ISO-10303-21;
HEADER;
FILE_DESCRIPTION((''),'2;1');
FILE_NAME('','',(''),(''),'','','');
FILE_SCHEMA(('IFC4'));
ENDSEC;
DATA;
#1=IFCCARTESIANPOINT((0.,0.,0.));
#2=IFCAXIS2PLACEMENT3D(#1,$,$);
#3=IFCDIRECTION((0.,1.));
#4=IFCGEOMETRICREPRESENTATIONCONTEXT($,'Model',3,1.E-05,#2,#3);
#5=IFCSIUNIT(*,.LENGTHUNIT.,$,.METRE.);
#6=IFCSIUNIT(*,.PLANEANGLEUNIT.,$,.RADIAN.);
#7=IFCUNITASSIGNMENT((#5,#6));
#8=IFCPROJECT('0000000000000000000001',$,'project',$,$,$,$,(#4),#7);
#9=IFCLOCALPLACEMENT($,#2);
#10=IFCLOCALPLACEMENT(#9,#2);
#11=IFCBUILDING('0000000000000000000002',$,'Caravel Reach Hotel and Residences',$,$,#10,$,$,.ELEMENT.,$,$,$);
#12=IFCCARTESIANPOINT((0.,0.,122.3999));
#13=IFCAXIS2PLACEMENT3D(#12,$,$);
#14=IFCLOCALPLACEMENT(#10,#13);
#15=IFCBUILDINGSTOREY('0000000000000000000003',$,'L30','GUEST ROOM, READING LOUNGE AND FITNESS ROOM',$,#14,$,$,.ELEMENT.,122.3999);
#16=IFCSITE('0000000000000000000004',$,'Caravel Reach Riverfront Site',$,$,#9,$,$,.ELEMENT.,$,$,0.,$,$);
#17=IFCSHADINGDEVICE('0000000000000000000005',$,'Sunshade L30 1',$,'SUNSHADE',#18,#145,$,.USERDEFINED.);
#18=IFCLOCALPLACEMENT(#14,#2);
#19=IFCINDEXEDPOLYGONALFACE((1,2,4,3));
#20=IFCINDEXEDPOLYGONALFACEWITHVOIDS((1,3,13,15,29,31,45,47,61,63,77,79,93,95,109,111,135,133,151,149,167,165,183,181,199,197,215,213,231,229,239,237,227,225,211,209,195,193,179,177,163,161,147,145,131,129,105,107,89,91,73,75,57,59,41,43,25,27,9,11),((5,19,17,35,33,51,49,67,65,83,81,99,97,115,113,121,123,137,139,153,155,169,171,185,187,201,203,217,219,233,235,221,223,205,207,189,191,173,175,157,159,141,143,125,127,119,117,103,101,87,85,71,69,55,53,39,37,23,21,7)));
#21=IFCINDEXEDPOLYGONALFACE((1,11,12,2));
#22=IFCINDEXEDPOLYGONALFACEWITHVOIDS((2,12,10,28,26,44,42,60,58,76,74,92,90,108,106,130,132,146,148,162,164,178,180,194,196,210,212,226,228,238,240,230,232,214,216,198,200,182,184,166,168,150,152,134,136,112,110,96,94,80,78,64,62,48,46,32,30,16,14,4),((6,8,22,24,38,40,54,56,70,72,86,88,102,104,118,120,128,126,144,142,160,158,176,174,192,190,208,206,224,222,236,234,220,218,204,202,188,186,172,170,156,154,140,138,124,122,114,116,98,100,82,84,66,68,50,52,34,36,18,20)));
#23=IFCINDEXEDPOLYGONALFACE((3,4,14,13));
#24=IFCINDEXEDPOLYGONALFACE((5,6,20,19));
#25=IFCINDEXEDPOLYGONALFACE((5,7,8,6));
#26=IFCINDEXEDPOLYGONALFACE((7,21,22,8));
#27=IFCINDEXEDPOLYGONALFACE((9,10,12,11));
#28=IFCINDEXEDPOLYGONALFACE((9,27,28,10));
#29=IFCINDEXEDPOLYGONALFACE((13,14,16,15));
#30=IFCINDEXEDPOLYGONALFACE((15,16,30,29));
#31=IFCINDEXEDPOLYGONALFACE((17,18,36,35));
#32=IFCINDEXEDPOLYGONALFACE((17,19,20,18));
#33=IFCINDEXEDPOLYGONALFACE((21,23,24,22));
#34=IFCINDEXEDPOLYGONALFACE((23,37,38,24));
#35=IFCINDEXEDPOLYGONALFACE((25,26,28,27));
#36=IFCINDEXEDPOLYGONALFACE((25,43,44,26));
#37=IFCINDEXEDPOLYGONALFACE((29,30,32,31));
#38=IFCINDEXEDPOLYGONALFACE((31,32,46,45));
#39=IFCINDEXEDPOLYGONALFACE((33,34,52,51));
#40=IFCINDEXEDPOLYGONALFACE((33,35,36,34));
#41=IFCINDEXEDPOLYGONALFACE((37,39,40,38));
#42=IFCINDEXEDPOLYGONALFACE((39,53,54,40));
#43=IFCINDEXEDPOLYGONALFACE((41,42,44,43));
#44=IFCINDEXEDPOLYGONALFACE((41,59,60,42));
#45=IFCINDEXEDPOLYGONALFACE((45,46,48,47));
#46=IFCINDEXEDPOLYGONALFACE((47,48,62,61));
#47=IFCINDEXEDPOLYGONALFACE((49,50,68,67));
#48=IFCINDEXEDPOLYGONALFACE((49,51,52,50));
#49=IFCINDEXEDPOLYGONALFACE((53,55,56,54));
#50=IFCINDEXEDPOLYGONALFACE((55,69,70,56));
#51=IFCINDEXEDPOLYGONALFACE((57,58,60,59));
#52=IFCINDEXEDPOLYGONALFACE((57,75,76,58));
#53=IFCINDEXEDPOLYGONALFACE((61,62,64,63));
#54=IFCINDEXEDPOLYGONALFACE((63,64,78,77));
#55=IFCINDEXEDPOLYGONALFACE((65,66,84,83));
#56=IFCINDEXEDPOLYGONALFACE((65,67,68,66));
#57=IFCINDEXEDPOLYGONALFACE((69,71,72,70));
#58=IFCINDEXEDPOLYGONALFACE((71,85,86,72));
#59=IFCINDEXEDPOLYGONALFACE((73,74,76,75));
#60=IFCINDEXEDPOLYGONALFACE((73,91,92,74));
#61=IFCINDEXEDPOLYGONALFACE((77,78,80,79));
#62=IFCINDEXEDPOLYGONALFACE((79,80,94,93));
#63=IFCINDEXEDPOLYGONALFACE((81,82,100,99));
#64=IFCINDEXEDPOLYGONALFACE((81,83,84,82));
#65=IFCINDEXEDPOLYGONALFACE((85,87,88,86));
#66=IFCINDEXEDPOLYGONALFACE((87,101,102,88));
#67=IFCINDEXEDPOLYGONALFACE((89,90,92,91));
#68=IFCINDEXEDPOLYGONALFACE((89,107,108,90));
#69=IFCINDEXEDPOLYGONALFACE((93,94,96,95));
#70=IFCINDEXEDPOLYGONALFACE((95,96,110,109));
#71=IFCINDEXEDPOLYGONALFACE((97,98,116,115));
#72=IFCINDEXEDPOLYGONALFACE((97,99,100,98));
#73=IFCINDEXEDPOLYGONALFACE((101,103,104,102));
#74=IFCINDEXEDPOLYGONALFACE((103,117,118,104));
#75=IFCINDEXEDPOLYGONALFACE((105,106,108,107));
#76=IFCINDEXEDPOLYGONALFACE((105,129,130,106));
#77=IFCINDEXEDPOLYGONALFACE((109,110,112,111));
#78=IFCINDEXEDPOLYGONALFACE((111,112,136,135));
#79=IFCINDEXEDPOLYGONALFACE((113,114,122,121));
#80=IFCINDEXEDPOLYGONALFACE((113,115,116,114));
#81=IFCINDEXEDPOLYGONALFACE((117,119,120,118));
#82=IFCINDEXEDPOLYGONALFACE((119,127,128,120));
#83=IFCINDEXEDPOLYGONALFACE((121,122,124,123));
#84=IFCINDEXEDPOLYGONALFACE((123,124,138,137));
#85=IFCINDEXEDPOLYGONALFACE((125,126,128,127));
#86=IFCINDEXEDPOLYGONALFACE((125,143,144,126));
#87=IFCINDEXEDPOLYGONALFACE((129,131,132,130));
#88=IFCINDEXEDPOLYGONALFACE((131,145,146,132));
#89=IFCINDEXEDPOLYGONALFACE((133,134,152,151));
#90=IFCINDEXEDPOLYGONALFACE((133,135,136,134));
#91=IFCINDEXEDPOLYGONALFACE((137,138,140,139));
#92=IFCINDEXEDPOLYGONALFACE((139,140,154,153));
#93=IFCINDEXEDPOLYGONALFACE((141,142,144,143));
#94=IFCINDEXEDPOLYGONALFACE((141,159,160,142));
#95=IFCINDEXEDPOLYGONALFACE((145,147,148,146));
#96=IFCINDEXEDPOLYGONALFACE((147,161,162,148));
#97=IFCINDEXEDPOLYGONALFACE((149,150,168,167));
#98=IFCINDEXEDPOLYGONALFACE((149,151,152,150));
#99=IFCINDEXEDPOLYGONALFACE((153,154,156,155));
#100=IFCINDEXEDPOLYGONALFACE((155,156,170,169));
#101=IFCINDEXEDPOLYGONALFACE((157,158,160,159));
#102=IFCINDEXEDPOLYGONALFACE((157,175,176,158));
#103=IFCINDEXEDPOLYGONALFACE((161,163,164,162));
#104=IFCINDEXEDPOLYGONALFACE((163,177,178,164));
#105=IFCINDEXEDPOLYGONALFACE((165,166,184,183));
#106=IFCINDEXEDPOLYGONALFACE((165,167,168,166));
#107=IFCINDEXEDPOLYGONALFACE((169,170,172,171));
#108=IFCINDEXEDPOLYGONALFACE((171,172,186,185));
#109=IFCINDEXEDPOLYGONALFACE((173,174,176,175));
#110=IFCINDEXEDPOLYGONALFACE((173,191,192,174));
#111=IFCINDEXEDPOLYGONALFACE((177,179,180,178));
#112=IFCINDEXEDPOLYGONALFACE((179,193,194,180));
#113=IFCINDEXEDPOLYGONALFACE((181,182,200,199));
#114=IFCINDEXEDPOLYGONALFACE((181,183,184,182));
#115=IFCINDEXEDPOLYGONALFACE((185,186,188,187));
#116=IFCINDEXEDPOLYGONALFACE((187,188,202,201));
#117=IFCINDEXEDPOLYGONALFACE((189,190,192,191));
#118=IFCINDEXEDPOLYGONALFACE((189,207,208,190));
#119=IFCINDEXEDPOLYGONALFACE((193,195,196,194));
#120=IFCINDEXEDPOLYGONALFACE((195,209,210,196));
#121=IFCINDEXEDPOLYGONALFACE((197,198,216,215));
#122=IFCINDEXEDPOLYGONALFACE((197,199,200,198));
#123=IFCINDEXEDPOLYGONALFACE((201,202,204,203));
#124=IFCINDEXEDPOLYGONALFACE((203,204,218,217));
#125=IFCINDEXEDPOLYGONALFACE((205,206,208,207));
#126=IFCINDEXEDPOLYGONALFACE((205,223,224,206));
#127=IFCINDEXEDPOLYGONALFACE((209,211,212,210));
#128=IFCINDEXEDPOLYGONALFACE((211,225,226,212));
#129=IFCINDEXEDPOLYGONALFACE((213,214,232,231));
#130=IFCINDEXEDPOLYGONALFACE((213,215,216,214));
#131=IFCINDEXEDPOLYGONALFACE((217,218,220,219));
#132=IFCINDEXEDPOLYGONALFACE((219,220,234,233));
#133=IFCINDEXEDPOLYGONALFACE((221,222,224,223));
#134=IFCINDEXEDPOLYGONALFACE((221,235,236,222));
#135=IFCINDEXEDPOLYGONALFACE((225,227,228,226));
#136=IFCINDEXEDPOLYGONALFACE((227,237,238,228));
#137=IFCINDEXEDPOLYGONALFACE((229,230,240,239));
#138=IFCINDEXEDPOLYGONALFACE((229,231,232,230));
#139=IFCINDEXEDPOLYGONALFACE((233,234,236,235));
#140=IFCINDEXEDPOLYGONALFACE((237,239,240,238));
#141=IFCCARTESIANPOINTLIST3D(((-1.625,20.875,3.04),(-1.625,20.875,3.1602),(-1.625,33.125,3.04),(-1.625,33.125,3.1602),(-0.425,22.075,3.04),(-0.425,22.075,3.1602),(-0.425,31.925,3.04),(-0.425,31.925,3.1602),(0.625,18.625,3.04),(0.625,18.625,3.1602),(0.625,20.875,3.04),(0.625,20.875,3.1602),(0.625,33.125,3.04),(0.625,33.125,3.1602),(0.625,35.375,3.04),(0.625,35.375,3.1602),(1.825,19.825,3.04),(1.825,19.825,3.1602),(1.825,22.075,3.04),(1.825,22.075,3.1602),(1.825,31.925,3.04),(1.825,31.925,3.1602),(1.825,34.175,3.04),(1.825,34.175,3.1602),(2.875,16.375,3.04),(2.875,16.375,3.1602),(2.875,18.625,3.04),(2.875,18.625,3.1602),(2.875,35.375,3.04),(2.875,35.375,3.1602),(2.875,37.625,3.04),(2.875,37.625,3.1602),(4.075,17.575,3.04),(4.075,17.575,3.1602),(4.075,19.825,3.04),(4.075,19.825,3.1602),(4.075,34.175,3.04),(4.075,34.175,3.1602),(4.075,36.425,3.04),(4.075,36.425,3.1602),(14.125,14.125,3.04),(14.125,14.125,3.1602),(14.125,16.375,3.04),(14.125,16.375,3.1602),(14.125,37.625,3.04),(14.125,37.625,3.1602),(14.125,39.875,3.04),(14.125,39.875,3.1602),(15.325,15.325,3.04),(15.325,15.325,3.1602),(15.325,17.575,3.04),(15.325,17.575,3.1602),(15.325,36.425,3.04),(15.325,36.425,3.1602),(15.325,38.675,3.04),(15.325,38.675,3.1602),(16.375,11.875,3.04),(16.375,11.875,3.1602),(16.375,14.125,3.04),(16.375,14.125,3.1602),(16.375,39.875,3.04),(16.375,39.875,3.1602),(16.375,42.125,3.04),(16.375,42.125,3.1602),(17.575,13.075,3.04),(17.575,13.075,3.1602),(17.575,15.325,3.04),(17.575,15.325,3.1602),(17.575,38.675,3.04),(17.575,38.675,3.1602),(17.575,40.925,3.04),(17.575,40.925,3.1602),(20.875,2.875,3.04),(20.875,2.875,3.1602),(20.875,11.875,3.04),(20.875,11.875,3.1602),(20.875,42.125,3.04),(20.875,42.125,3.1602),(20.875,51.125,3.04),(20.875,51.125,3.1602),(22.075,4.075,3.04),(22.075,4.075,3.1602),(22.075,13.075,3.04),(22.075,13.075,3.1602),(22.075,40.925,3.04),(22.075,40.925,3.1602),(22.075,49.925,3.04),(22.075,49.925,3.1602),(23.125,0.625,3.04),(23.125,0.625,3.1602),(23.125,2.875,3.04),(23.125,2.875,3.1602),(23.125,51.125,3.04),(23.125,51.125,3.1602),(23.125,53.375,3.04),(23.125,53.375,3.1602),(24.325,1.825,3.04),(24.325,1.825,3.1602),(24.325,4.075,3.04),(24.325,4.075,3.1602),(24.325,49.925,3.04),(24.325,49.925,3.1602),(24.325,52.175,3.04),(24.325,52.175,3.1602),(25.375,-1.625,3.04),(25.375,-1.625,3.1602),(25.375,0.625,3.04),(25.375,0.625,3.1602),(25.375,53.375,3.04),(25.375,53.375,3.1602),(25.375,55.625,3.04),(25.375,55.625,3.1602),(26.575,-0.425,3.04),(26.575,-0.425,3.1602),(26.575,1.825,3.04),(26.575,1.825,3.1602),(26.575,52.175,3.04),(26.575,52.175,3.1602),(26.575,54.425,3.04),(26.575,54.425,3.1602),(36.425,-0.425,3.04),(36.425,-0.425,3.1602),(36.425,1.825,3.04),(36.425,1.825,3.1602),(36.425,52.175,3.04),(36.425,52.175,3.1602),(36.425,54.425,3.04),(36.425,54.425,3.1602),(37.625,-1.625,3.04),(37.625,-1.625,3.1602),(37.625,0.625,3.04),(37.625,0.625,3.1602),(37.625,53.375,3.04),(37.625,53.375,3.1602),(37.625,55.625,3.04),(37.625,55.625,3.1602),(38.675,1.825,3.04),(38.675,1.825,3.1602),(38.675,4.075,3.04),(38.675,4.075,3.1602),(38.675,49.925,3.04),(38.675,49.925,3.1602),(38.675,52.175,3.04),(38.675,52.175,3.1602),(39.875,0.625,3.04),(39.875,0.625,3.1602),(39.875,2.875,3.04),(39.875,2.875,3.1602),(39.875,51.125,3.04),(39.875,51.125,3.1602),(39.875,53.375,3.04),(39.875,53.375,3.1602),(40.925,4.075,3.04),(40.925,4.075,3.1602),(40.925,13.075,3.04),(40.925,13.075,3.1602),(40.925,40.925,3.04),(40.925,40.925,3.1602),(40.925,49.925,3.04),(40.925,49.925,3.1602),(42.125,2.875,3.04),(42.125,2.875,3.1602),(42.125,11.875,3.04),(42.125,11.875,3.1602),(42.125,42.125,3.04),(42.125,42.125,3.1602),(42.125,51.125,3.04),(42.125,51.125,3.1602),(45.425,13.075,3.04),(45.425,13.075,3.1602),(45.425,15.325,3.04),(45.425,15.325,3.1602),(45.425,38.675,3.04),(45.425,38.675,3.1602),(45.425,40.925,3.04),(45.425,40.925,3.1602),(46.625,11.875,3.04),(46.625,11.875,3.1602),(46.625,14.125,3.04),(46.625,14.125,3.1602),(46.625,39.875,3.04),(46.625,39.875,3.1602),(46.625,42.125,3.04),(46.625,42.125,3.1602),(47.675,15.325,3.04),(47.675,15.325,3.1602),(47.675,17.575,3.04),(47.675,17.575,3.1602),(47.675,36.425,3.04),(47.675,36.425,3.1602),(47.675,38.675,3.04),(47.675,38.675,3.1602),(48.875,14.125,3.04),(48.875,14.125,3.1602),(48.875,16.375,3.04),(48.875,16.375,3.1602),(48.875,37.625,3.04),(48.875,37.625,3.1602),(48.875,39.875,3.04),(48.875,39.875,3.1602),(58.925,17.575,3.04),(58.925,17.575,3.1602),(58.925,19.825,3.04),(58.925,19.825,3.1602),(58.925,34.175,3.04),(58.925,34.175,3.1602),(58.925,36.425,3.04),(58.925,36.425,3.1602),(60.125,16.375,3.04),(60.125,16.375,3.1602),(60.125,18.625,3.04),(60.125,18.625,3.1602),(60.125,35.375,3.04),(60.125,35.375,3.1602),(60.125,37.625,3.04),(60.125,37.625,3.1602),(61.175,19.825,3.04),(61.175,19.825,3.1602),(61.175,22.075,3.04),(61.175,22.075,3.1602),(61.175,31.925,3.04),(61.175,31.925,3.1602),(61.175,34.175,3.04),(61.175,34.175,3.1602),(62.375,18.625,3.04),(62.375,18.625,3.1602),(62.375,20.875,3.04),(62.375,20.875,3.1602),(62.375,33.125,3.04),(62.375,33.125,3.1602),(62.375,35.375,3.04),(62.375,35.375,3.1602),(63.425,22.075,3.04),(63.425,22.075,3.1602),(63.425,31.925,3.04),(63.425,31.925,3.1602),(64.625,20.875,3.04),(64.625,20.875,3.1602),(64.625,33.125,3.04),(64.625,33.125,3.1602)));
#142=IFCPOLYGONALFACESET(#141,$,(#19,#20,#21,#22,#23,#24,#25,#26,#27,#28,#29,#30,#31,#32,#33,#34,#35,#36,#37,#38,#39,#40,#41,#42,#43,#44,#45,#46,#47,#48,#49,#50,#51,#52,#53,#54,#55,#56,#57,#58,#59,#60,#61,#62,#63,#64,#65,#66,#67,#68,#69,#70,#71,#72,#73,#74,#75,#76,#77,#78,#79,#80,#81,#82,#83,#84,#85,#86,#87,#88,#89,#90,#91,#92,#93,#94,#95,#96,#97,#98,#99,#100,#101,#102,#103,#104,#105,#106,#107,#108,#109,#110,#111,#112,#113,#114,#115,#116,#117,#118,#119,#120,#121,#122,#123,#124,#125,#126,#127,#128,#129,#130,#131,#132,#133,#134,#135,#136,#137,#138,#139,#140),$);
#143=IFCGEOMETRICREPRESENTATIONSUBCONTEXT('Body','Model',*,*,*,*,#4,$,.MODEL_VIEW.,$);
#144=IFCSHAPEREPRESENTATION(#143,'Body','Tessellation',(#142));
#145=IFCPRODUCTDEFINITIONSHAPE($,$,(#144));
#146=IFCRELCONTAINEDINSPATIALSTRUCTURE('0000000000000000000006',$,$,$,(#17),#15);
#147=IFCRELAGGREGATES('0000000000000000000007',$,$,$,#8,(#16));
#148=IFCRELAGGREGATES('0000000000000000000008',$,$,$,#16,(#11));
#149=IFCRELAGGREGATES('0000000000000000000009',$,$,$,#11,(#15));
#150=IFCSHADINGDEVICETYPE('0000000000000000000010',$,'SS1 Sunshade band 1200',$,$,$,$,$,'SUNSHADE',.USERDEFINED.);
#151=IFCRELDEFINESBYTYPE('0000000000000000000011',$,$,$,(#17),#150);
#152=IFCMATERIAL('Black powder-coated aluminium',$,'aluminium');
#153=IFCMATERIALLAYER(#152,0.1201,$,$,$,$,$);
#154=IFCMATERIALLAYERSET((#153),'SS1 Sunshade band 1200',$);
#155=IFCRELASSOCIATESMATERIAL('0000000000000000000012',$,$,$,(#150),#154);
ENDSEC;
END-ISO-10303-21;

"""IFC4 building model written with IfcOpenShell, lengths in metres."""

from ifc_helpers import new_model, si_unit, direction, frame, origin, place, context, subcontext, project, spatial, polyline, outline, extrude, material, layer, layer_set, type_object, element, save


model = new_model("IFC4")

# Units and contexts
model_context = context("Model", 3, precision=1e-05, world=origin(), true_north=direction((0.0, 1.0)))
body_context = subcontext(model_context, "Body", "Model", "MODEL_VIEW")
ifc_project = project(units=[si_unit("LENGTHUNIT", "METRE"), si_unit("PLANEANGLEUNIT", "RADIAN")], contexts=[model_context])

# Site, building, storey
site_placement = place(None, origin())
site = spatial("IfcSite", under=ifc_project, at=site_placement, Name="Caravel Reach Riverfront Site", CompositionType="ELEMENT", RefElevation=0.0)
building_placement = place(site_placement, origin())
building = spatial("IfcBuilding", under=site, at=building_placement, Name="Caravel Reach Hotel and Residences", CompositionType="ELEMENT")
storey_placement = place(building_placement, frame((0.0, 0.0, 122.3999)))
storey = spatial("IfcBuildingStorey", under=building, at=storey_placement, Name="L30", Description="GUEST ROOM, READING LOUNGE AND FITNESS ROOM", CompositionType="ELEMENT", Elevation=122.3999)

# Shading device
ifc_material_1 = material(Name="Black powder-coated aluminium", Category="aluminium")
ifc_layer_1 = layer(ifc_material_1, 0.1201)
ifc_layer_set_1 = layer_set([ifc_layer_1], Name="SS1 Sunshade band 1200")
shading_device_type = type_object("IfcShadingDeviceType", Name="SS1 Sunshade band 1200", ElementType="SUNSHADE", PredefinedType="USERDEFINED", material=ifc_layer_set_1)
shading_device_placement = place(storey_placement, frame((0.0, 0.0, 3.04)))
element("IfcShadingDevice", 1, at=shading_device_placement, inside=storey, type_object=shading_device_type, Name="Sunshade L30 1", ObjectType="SUNSHADE", PredefinedType="USERDEFINED", context=body_context, shape_type="SweptSolid", body=[
    extrude(outline(polyline([(20.875, 11.875), (20.875, 2.875), (23.125, 2.875), (23.125, 0.625), (25.375, 0.625), (25.375, -1.625), (37.625, -1.625), (37.625, 0.625), (39.875, 0.625), (39.875, 2.875), (42.125, 2.875), (42.125, 11.875), (46.625, 11.875), (46.625, 14.125), (48.875, 14.125), (48.875, 16.375), (60.125, 16.375), (60.125, 18.625), (62.375, 18.625), (62.375, 20.875), (64.625, 20.875), (64.625, 33.125), (62.375, 33.125), (62.375, 35.375), (60.125, 35.375), (60.125, 37.625), (48.875, 37.625), (48.875, 39.875), (46.625, 39.875), (46.625, 42.125), (42.125, 42.125), (42.125, 51.125), (39.875, 51.125), (39.875, 53.375), (37.625, 53.375), (37.625, 55.625), (25.375, 55.625), (25.375, 53.375), (23.125, 53.375), (23.125, 51.125), (20.875, 51.125), (20.875, 42.125), (16.375, 42.125), (16.375, 39.875), (14.125, 39.875), (14.125, 37.625), (2.875, 37.625), (2.875, 35.375), (0.625, 35.375), (0.625, 33.125), (-1.625, 33.125), (-1.625, 20.875), (0.625, 20.875), (0.625, 18.625), (2.875, 18.625), (2.875, 16.375), (14.125, 16.375), (14.125, 14.125), (16.375, 14.125), (16.375, 11.875), (20.875, 11.875)]), holes=[polyline([(24.325, 4.075), (22.075, 4.075), (22.075, 13.075), (17.575, 13.075), (17.575, 15.325), (15.325, 15.325), (15.325, 17.575), (4.075, 17.575), (4.075, 19.825), (1.825, 19.825), (1.825, 22.075), (-0.425, 22.075), (-0.425, 31.925), (1.825, 31.925), (1.825, 34.175), (4.075, 34.175), (4.075, 36.425), (15.325, 36.425), (15.325, 38.675), (17.575, 38.675), (17.575, 40.925), (22.075, 40.925), (22.075, 49.925), (24.325, 49.925), (24.325, 52.175), (26.575, 52.175), (26.575, 54.425), (36.425, 54.425), (36.425, 52.175), (38.675, 52.175), (38.675, 49.925), (40.925, 49.925), (40.925, 40.925), (45.425, 40.925), (45.425, 38.675), (47.675, 38.675), (47.675, 36.425), (58.925, 36.425), (58.925, 34.175), (61.175, 34.175), (61.175, 31.925), (63.425, 31.925), (63.425, 22.075), (61.175, 22.075), (61.175, 19.825), (58.925, 19.825), (58.925, 17.575), (47.675, 17.575), (47.675, 15.325), (45.425, 15.325), (45.425, 13.075), (40.925, 13.075), (40.925, 4.075), (38.675, 4.075), (38.675, 1.825), (36.425, 1.825), (36.425, -0.425), (26.575, -0.425), (26.575, 1.825), (24.325, 1.825), (24.325, 4.075)])]), origin(), (0.0, 0.0, 1.0), 0.1201),
])

save(model, "model.ifc")
